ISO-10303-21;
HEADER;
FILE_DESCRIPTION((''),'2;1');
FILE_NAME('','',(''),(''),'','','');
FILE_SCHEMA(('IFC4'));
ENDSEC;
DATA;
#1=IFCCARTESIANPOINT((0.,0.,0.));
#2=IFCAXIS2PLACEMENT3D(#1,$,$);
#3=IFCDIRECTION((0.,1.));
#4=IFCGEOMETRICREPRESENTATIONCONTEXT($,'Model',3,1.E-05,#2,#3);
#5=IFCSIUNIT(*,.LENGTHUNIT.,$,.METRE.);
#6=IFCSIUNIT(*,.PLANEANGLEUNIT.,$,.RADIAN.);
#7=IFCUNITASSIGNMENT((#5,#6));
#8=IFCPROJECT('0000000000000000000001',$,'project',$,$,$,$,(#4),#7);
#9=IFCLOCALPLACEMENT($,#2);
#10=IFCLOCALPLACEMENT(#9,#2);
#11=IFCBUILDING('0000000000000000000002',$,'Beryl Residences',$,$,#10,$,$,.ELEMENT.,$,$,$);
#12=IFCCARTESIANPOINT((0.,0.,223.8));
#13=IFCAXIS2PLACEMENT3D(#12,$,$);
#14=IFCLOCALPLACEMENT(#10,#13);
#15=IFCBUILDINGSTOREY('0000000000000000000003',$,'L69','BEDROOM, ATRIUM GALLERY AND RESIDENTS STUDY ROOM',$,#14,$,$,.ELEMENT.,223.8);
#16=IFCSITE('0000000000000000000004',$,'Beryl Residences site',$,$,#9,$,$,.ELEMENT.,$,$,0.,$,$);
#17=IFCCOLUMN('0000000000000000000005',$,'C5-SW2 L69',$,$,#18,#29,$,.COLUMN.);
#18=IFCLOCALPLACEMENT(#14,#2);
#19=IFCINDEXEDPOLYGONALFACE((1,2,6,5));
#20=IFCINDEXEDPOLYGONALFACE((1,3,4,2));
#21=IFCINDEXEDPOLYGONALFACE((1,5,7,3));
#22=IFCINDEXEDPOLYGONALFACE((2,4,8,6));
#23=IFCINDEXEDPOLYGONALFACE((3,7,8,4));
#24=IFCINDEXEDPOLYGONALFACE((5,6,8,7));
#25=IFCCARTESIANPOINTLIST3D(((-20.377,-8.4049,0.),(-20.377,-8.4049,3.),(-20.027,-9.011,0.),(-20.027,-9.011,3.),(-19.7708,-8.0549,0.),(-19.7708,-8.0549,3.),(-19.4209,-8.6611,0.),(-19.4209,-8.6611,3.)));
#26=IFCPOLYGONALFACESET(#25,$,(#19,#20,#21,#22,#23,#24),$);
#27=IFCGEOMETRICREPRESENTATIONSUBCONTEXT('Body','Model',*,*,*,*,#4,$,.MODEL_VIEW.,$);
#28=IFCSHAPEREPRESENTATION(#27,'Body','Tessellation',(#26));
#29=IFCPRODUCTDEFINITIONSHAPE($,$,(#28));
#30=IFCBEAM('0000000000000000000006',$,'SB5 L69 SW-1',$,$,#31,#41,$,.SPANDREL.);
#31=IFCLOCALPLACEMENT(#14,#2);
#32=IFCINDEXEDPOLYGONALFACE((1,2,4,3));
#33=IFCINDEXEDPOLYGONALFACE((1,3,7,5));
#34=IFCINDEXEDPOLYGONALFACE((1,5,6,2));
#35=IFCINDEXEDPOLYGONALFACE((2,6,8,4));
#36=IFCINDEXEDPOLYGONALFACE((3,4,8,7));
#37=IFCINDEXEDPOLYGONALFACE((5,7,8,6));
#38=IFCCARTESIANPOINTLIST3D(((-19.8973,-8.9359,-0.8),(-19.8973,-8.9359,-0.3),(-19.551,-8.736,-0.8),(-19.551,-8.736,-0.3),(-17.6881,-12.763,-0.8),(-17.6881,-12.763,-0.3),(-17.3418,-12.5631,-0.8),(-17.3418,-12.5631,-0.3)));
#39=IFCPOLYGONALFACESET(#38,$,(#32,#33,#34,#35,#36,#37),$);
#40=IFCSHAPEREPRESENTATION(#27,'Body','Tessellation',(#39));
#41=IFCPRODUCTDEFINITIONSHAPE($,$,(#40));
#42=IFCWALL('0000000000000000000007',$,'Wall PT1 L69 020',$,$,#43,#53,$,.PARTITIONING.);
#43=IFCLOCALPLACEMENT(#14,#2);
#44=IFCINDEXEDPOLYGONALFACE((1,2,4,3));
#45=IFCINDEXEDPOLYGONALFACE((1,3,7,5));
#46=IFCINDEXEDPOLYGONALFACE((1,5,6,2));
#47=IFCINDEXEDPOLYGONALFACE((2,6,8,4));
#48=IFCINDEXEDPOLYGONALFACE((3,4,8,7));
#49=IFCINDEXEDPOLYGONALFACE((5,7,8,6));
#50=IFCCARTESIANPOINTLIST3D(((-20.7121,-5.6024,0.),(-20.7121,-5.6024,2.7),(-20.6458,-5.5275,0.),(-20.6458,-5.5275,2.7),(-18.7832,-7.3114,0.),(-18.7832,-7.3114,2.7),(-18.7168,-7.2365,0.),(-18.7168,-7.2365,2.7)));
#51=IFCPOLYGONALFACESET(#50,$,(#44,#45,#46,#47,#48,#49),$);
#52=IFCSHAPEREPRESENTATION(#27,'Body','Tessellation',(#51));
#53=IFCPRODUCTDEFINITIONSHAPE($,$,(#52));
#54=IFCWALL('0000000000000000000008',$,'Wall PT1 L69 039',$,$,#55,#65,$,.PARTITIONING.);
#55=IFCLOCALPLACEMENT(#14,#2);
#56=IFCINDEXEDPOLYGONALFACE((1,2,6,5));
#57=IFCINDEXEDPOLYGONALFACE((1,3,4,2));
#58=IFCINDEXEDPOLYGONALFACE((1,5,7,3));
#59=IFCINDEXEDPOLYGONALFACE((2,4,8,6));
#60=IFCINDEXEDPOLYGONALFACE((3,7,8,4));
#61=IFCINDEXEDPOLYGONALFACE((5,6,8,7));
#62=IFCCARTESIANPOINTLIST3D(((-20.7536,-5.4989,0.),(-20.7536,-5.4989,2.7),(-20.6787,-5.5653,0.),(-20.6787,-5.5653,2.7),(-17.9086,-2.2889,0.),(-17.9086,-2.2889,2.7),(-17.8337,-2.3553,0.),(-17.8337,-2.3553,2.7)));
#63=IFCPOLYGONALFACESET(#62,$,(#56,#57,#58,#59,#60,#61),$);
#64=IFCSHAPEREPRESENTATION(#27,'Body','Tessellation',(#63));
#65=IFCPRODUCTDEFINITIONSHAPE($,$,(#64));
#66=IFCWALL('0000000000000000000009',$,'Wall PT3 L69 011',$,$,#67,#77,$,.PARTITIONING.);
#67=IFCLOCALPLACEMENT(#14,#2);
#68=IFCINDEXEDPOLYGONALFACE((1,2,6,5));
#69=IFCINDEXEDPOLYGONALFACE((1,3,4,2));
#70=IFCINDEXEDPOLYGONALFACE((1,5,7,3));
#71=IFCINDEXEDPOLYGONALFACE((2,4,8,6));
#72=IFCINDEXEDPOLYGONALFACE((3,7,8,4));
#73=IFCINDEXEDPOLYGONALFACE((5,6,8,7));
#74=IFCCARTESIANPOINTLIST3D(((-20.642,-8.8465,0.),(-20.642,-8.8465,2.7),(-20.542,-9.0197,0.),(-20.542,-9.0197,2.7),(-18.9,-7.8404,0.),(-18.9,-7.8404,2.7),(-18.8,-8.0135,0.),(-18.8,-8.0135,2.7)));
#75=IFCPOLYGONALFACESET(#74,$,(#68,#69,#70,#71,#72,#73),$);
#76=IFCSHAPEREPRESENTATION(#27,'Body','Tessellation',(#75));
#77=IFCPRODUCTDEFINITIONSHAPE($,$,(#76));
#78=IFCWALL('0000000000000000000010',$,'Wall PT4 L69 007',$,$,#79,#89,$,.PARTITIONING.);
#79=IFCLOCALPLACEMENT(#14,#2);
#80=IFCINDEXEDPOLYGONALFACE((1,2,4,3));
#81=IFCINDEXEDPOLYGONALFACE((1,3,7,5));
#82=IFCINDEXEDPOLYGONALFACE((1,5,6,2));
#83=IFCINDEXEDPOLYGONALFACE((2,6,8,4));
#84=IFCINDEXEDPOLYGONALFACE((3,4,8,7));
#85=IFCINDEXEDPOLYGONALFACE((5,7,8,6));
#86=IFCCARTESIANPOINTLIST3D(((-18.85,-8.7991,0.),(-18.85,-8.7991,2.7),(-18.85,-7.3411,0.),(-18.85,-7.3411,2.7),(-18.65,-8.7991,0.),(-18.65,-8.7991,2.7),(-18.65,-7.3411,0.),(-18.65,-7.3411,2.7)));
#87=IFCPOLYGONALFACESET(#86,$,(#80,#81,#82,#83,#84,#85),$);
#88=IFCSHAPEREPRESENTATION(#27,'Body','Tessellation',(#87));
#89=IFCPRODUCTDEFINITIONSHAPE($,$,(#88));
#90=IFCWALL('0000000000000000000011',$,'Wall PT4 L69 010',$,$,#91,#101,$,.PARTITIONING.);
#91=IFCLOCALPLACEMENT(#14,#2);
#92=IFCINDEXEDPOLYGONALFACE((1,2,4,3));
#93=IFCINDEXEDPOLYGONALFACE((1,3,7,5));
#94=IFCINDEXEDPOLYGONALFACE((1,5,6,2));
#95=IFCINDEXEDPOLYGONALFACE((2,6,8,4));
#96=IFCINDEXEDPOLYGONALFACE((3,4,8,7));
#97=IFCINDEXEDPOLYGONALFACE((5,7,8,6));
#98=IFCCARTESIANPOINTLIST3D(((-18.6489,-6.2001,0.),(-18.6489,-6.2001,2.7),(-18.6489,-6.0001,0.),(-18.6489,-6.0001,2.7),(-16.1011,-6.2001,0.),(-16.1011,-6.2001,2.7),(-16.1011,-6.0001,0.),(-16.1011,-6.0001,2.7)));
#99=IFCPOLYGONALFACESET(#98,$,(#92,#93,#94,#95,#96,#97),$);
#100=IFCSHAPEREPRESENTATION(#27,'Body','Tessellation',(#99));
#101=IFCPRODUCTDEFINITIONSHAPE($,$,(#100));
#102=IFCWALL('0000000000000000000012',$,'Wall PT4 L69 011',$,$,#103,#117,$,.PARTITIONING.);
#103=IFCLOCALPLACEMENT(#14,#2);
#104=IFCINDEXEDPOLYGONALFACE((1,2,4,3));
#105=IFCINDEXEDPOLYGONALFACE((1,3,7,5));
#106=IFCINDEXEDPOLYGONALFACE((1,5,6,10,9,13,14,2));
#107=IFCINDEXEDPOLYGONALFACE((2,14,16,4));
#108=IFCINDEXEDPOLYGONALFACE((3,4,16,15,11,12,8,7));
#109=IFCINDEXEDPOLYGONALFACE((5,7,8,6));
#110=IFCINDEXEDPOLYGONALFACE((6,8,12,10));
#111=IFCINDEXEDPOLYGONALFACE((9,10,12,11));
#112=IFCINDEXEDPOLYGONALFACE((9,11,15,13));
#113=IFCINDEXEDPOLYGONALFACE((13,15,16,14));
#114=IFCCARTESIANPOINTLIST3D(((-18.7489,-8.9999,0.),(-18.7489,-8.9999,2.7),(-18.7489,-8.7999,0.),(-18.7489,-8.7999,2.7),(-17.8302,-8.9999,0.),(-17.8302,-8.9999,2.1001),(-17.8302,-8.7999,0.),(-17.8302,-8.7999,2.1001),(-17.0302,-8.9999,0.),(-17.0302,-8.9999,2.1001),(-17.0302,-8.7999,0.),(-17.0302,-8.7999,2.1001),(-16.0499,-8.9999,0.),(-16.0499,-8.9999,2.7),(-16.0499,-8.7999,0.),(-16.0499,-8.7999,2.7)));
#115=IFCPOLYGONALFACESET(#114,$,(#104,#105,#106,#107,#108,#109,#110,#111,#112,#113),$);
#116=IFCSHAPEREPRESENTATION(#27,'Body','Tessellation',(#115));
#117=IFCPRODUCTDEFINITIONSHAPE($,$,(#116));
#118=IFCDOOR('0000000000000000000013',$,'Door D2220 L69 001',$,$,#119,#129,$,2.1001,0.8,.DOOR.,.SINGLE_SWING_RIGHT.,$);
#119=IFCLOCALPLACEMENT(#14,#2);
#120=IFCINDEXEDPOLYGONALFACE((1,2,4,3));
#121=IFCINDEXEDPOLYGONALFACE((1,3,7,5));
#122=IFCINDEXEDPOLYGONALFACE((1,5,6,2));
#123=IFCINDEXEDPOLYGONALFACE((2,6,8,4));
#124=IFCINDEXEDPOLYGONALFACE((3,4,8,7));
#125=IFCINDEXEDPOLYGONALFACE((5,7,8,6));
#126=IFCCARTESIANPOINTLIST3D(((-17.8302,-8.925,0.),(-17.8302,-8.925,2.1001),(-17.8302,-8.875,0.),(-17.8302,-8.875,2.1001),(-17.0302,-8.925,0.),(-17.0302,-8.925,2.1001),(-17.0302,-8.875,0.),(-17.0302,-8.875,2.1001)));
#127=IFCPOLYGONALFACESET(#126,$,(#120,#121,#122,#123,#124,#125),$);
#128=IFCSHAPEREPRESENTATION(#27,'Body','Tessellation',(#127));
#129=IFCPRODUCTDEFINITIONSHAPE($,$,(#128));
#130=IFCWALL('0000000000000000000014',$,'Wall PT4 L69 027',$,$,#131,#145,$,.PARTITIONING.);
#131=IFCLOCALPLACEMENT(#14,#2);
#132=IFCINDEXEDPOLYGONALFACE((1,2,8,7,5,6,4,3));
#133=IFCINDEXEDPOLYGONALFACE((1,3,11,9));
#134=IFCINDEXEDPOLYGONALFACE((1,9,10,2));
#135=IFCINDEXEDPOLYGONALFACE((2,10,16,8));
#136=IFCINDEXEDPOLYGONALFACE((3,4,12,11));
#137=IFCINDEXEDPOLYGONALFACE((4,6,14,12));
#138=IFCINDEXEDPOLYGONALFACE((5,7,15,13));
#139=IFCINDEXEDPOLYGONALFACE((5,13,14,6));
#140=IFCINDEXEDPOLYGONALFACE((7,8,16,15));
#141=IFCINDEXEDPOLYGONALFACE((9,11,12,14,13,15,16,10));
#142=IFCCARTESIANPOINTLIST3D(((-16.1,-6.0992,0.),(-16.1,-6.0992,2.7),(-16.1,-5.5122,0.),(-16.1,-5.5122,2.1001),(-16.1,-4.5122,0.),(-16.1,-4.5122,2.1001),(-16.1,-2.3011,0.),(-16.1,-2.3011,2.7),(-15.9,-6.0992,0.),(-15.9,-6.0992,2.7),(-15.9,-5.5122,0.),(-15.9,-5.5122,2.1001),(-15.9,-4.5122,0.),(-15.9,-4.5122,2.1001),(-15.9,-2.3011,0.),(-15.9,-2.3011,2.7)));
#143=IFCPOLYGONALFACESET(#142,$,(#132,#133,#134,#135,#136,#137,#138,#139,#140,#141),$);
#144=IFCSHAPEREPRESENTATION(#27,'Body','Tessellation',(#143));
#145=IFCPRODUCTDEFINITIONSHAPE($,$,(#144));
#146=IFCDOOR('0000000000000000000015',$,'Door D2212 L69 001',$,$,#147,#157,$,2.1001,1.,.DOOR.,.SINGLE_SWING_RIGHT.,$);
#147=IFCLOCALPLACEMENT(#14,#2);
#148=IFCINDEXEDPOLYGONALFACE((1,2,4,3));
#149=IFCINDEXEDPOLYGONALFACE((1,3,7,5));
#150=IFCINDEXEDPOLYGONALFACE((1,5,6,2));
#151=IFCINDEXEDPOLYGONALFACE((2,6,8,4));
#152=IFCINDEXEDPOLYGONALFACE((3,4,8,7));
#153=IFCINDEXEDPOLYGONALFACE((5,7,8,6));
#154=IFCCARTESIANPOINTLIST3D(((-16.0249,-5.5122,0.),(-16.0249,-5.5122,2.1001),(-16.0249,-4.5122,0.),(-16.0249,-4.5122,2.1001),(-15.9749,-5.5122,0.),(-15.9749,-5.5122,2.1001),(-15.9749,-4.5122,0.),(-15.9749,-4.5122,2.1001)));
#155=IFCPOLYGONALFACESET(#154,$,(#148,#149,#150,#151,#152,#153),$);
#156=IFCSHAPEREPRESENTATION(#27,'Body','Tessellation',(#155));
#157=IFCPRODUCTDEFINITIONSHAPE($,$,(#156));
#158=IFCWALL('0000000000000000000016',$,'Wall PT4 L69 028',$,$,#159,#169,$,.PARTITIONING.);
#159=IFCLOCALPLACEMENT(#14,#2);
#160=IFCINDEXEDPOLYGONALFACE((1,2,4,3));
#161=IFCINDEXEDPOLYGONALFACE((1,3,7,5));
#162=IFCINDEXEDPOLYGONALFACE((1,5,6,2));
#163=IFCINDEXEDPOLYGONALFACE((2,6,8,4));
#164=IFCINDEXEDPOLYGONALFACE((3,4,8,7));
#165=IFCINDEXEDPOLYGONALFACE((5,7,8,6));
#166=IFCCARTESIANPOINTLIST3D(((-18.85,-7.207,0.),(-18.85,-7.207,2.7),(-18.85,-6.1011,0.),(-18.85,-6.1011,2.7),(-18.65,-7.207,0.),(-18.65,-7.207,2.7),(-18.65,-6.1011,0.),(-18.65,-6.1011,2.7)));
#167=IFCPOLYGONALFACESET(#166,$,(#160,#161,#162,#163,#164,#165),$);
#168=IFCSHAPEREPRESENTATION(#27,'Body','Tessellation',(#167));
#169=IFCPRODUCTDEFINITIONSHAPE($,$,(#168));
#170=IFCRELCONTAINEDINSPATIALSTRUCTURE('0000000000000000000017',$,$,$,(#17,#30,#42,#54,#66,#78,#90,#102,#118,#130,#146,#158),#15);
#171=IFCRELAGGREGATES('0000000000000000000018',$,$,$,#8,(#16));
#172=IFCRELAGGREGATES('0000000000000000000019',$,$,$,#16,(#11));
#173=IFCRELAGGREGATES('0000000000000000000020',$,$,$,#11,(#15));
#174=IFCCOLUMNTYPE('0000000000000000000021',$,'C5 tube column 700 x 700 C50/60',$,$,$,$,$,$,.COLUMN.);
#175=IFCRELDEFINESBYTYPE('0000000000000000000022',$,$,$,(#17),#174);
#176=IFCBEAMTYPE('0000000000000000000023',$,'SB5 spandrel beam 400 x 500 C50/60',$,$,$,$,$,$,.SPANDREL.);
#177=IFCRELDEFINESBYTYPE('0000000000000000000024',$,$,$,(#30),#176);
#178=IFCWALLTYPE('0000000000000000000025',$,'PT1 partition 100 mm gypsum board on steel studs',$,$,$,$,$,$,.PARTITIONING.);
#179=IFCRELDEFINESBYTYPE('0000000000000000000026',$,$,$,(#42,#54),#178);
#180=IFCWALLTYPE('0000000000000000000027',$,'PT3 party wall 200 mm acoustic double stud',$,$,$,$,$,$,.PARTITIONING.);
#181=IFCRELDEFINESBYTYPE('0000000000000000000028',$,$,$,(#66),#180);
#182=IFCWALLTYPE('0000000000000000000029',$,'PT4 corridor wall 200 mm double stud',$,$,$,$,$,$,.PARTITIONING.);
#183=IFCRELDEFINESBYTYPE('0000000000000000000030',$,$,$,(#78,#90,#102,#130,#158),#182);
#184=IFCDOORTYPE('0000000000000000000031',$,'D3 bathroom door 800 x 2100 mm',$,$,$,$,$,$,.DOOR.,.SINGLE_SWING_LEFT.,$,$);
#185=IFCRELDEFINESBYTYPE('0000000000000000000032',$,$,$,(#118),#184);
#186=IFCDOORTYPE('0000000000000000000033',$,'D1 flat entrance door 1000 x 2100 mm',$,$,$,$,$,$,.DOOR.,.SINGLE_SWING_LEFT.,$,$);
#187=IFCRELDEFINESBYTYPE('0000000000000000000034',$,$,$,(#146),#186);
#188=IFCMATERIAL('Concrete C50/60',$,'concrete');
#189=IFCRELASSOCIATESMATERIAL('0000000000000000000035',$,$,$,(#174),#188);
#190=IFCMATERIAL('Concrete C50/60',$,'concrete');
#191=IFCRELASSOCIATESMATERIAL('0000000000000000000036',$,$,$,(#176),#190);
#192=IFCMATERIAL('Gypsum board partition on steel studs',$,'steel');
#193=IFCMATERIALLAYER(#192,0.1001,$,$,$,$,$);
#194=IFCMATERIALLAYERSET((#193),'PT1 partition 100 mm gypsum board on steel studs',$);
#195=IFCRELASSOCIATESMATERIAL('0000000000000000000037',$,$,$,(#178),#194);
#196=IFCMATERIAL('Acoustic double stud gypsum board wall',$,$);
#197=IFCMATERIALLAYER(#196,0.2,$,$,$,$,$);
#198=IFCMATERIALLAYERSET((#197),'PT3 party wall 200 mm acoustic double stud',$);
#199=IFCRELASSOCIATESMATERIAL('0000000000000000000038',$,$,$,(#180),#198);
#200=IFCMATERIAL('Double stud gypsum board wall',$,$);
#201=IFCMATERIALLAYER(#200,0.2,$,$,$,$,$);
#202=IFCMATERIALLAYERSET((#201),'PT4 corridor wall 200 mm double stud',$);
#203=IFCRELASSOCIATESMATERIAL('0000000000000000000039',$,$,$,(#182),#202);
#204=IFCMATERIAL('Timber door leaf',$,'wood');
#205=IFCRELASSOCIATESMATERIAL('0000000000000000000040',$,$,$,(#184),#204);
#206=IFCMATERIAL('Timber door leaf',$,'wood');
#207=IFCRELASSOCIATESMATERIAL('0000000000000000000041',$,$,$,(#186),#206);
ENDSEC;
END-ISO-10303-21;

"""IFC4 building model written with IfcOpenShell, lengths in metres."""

from ifc_helpers import new_model, si_unit, direction, frame, frame_2d, origin, origin_2d, place, context, subcontext, project, spatial, rectangle, extrude, material, layer, layer_set, material_profile, profile_set, type_object, element, fill, save


model = new_model("IFC4")

# Units and contexts
model_context = context("Model", 3, precision=1e-05, world=origin(), true_north=direction((0.0, 1.0)))
body_context = subcontext(model_context, "Body", "Model", "MODEL_VIEW")
ifc_project = project(units=[si_unit("LENGTHUNIT", "METRE"), si_unit("PLANEANGLEUNIT", "RADIAN")], contexts=[model_context])

# Site, building, storey
site_placement = place(None, origin())
site = spatial("IfcSite", under=ifc_project, at=site_placement, Name="Beryl Residences site", CompositionType="ELEMENT", RefElevation=0.0)
building_placement = place(site_placement, origin())
building = spatial("IfcBuilding", under=site, at=building_placement, Name="Beryl Residences", CompositionType="ELEMENT")
storey_placement = place(building_placement, frame((0.0, 0.0, 223.8)))
storey = spatial("IfcBuildingStorey", under=building, at=storey_placement, Name="L69", Description="BEDROOM, ATRIUM GALLERY AND RESIDENTS STUDY ROOM", CompositionType="ELEMENT", Elevation=223.8)

# Column
ifc_material_1 = material(Name="Concrete C50/60", Category="concrete")
ifc_material_profile_1 = material_profile(ifc_material_1, rectangle(XDim=0.7, YDim=0.7, at=origin_2d()))
ifc_profile_set_1 = profile_set([ifc_material_profile_1], Name="Concrete C50/60")
column_type = type_object("IfcColumnType", Name="C5 tube column 700 x 700 C50/60", PredefinedType="COLUMN", material=ifc_profile_set_1)
column_placement = place(storey_placement, frame((-19.8989, -8.533, 0.0), z_axis=(0.0, 0.0, 1.0), x_axis=(0.499985, -0.866034, 0.0)))
element("IfcColumn", 1, at=column_placement, inside=storey, type_object=column_type, Name="C5-SW2 L69", PredefinedType="COLUMN", context=body_context, shape_type="SweptSolid", body=[
    extrude(rectangle(XDim=0.7, YDim=0.7, at=origin_2d()), origin(), (0.0, 0.0, 1.0), 3.0),
])

# Beam
ifc_material_2 = material(Name="Concrete C50/60", Category="concrete")
ifc_material_profile_2 = material_profile(ifc_material_2, rectangle(XDim=0.3999, YDim=0.5, at=origin_2d()))
ifc_profile_set_2 = profile_set([ifc_material_profile_2], Name="Concrete C50/60")
beam_type = type_object("IfcBeamType", Name="SB5 spandrel beam 400 x 500 C50/60", PredefinedType="SPANDREL", material=ifc_profile_set_2)
beam_placement = place(storey_placement, frame((-19.7241, -8.8359, -0.55), z_axis=(0.499936, -0.866062, 0.0), x_axis=(0.866062, 0.499936, 0.0)))
element("IfcBeam", 2, at=beam_placement, inside=storey, type_object=beam_type, Name="SB5 L69 SW-1", PredefinedType="SPANDREL", context=body_context, shape_type="SweptSolid", body=[
    extrude(rectangle(XDim=0.3999, YDim=0.5, at=origin_2d()), origin(), (0.0, 0.0, 1.0), 4.4189),
])

# Walls
ifc_material_3 = material(Name="Gypsum board partition on steel studs", Category="steel")
ifc_layer_1 = layer(ifc_material_3, 0.1001)
ifc_layer_set_1 = layer_set([ifc_layer_1], Name="PT1 partition 100 mm gypsum board on steel studs")
wall_type_1 = type_object("IfcWallType", Name="PT1 partition 100 mm gypsum board on steel studs", PredefinedType="PARTITIONING", material=ifc_layer_set_1)
wall_1_placement = place(storey_placement, frame((-20.679, -5.5649, 0.0), z_axis=(0.0, 0.0, 1.0), x_axis=(0.748495, -0.66314, 0.0)))
element("IfcWall", 3, at=wall_1_placement, inside=storey, type_object=wall_type_1, Name="Wall PT1 L69 020", PredefinedType="PARTITIONING", context=body_context, shape_type="SweptSolid", body=[
    extrude(rectangle(XDim=2.5771, YDim=0.1001, at=frame_2d((1.2886, 0.0))), origin(), (0.0, 0.0, 1.0), 2.7),
])
wall_2_placement = place(storey_placement, frame((-20.7161, -5.532, 0.0), z_axis=(0.0, 0.0, 1.0), x_axis=(0.663279, 0.748373, 0.0)))
element("IfcWall", 4, at=wall_2_placement, inside=storey, type_object=wall_type_1, Name="Wall PT1 L69 039", PredefinedType="PARTITIONING", context=body_context, shape_type="SweptSolid", body=[
    extrude(rectangle(XDim=4.2893, YDim=0.1001, at=frame_2d((2.1445, 0.0))), origin(), (0.0, 0.0, 1.0), 2.7),
])
ifc_material_4 = material(Name="Acoustic double stud gypsum board wall")
ifc_layer_2 = layer(ifc_material_4, 0.2)
ifc_layer_set_2 = layer_set([ifc_layer_2], Name="PT3 party wall 200 mm acoustic double stud")
wall_type_2 = type_object("IfcWallType", Name="PT3 party wall 200 mm acoustic double stud", PredefinedType="PARTITIONING", material=ifc_layer_set_2)
wall_3_placement = place(storey_placement, frame((-20.592, -8.9331, 0.0), z_axis=(0.0, 0.0, 1.0), x_axis=(0.865941, 0.500146, 0.0)))
element("IfcWall", 5, at=wall_3_placement, inside=storey, type_object=wall_type_2, Name="Wall PT3 L69 011", PredefinedType="PARTITIONING", context=body_context, shape_type="SweptSolid", body=[
    extrude(rectangle(XDim=2.0117, YDim=0.2, at=frame_2d((1.0059, 0.0))), origin(), (0.0, 0.0, 1.0), 2.7),
])
ifc_material_5 = material(Name="Double stud gypsum board wall")
ifc_layer_3 = layer(ifc_material_5, 0.2)
ifc_layer_set_3 = layer_set([ifc_layer_3], Name="PT4 corridor wall 200 mm double stud")
wall_type_3 = type_object("IfcWallType", Name="PT4 corridor wall 200 mm double stud", PredefinedType="PARTITIONING", material=ifc_layer_set_3)
wall_4_placement = place(storey_placement, frame((-18.75, -7.3411, 0.0), z_axis=(0.0, 0.0, 1.0), x_axis=(0.0, -1.0, 0.0)))
element("IfcWall", 6, at=wall_4_placement, inside=storey, type_object=wall_type_3, Name="Wall PT4 L69 007", PredefinedType="PARTITIONING", context=body_context, shape_type="SweptSolid", body=[
    extrude(rectangle(XDim=1.458, YDim=0.2, at=frame_2d((0.729, 0.0))), origin(), (0.0, 0.0, 1.0), 2.7),
])
wall_5_placement = place(storey_placement, frame((-18.6489, -6.1001, 0.0), z_axis=(0.0, 0.0, 1.0), x_axis=(1.0, 0.0, 0.0)))
element("IfcWall", 7, at=wall_5_placement, inside=storey, type_object=wall_type_3, Name="Wall PT4 L69 010", PredefinedType="PARTITIONING", context=body_context, shape_type="SweptSolid", body=[
    extrude(rectangle(XDim=2.5479, YDim=0.2, at=frame_2d((1.2739, 0.0))), origin(), (0.0, 0.0, 1.0), 2.7),
])

# Walls, openings, doors
wall_6_placement = place(storey_placement, frame((-18.749, -8.8999, 0.0), z_axis=(0.0, 0.0, 1.0), x_axis=(1.0, 0.0, 0.0)))
wall_6 = element("IfcWall", 8, at=wall_6_placement, inside=storey, type_object=wall_type_3, Name="Wall PT4 L69 011", PredefinedType="PARTITIONING", context=body_context, shape_type="SweptSolid", body=[
    extrude(rectangle(XDim=2.699, YDim=0.2, at=frame_2d((1.3496, 0.0))), origin(), (0.0, 0.0, 1.0), 2.7),
])
opening_1_placement = place(wall_6_placement, frame((0.9189, 0.0, 0.0)))
opening_1 = element("IfcOpeningElement", 9, at=opening_1_placement, cuts=wall_6, PredefinedType="OPENING", context=body_context, shape_type="SweptSolid", body=[
    extrude(rectangle(XDim=0.8, YDim=2.1001, at=frame_2d((0.3999, 1.05))), frame((0.0, 0.1099, 0.0), z_axis=(0.0, -1.0, 0.0), x_axis=(1.0, 0.0, 0.0)), (0.0, 0.0, 1.0), 0.22),
])
ifc_material_6 = material(Name="Timber door leaf", Category="wood")
door_type_1 = type_object("IfcDoorType", Name="D3 bathroom door 800 x 2100 mm", OperationType="SINGLE_SWING_LEFT", PredefinedType="DOOR", material=ifc_material_6)
door_1_placement = place(opening_1_placement, origin())
door_1 = element("IfcDoor", 10, at=door_1_placement, inside=storey, type_object=door_type_1, Name="Door D2220 L69 001", OperationType="SINGLE_SWING_RIGHT", OverallHeight=2.1001, OverallWidth=0.8, PredefinedType="DOOR", context=body_context, shape_type="SweptSolid", body=[
    extrude(rectangle(XDim=0.8, YDim=2.1001, at=frame_2d((0.3999, 1.05))), frame((0.0, 0.0249, 0.0), z_axis=(0.0, -1.0, 0.0), x_axis=(1.0, 0.0, 0.0)), (0.0, 0.0, 1.0), 0.05),
])
fill(opening_1, door_1)
wall_7_placement = place(storey_placement, frame((-16.0, -6.0991, 0.0), z_axis=(0.0, 0.0, 1.0), x_axis=(0.0, 1.0, 0.0)))
wall_7 = element("IfcWall", 11, at=wall_7_placement, inside=storey, type_object=wall_type_3, Name="Wall PT4 L69 027", PredefinedType="PARTITIONING", context=body_context, shape_type="SweptSolid", body=[
    extrude(rectangle(XDim=3.7981, YDim=0.2, at=frame_2d((1.8989, 0.0))), origin(), (0.0, 0.0, 1.0), 2.7),
])
opening_2_placement = place(wall_7_placement, frame((0.5869, 0.0, 0.0)))
opening_2 = element("IfcOpeningElement", 12, at=opening_2_placement, cuts=wall_7, PredefinedType="OPENING", context=body_context, shape_type="SweptSolid", body=[
    extrude(rectangle(XDim=1.0, YDim=2.1001, at=frame_2d((0.5, 1.05))), frame((0.0, 0.1099, 0.0), z_axis=(0.0, -1.0, 0.0), x_axis=(1.0, 0.0, 0.0)), (0.0, 0.0, 1.0), 0.22),
])
ifc_material_7 = material(Name="Timber door leaf", Category="wood")
door_type_2 = type_object("IfcDoorType", Name="D1 flat entrance door 1000 x 2100 mm", OperationType="SINGLE_SWING_LEFT", PredefinedType="DOOR", material=ifc_material_7)
door_2_placement = place(opening_2_placement, origin())
door_2 = element("IfcDoor", 13, at=door_2_placement, inside=storey, type_object=door_type_2, Name="Door D2212 L69 001", OperationType="SINGLE_SWING_RIGHT", OverallHeight=2.1001, OverallWidth=1.0, PredefinedType="DOOR", context=body_context, shape_type="SweptSolid", body=[
    extrude(rectangle(XDim=1.0, YDim=2.1001, at=frame_2d((0.5, 1.05))), frame((0.0, 0.0249, 0.0), z_axis=(0.0, -1.0, 0.0), x_axis=(1.0, 0.0, 0.0)), (0.0, 0.0, 1.0), 0.05),
])
fill(opening_2, door_2)

# Wall
wall_8_placement = place(storey_placement, frame((-18.75, -7.207, 0.0), z_axis=(0.0, 0.0, 1.0), x_axis=(0.0, 1.0, 0.0)))
element("IfcWall", 14, at=wall_8_placement, inside=storey, type_object=wall_type_3, Name="Wall PT4 L69 028", PredefinedType="PARTITIONING", context=body_context, shape_type="SweptSolid", body=[
    extrude(rectangle(XDim=1.106, YDim=0.2, at=frame_2d((0.553, 0.0))), origin(), (0.0, 0.0, 1.0), 2.7),
])

save(model, "model.ifc")
